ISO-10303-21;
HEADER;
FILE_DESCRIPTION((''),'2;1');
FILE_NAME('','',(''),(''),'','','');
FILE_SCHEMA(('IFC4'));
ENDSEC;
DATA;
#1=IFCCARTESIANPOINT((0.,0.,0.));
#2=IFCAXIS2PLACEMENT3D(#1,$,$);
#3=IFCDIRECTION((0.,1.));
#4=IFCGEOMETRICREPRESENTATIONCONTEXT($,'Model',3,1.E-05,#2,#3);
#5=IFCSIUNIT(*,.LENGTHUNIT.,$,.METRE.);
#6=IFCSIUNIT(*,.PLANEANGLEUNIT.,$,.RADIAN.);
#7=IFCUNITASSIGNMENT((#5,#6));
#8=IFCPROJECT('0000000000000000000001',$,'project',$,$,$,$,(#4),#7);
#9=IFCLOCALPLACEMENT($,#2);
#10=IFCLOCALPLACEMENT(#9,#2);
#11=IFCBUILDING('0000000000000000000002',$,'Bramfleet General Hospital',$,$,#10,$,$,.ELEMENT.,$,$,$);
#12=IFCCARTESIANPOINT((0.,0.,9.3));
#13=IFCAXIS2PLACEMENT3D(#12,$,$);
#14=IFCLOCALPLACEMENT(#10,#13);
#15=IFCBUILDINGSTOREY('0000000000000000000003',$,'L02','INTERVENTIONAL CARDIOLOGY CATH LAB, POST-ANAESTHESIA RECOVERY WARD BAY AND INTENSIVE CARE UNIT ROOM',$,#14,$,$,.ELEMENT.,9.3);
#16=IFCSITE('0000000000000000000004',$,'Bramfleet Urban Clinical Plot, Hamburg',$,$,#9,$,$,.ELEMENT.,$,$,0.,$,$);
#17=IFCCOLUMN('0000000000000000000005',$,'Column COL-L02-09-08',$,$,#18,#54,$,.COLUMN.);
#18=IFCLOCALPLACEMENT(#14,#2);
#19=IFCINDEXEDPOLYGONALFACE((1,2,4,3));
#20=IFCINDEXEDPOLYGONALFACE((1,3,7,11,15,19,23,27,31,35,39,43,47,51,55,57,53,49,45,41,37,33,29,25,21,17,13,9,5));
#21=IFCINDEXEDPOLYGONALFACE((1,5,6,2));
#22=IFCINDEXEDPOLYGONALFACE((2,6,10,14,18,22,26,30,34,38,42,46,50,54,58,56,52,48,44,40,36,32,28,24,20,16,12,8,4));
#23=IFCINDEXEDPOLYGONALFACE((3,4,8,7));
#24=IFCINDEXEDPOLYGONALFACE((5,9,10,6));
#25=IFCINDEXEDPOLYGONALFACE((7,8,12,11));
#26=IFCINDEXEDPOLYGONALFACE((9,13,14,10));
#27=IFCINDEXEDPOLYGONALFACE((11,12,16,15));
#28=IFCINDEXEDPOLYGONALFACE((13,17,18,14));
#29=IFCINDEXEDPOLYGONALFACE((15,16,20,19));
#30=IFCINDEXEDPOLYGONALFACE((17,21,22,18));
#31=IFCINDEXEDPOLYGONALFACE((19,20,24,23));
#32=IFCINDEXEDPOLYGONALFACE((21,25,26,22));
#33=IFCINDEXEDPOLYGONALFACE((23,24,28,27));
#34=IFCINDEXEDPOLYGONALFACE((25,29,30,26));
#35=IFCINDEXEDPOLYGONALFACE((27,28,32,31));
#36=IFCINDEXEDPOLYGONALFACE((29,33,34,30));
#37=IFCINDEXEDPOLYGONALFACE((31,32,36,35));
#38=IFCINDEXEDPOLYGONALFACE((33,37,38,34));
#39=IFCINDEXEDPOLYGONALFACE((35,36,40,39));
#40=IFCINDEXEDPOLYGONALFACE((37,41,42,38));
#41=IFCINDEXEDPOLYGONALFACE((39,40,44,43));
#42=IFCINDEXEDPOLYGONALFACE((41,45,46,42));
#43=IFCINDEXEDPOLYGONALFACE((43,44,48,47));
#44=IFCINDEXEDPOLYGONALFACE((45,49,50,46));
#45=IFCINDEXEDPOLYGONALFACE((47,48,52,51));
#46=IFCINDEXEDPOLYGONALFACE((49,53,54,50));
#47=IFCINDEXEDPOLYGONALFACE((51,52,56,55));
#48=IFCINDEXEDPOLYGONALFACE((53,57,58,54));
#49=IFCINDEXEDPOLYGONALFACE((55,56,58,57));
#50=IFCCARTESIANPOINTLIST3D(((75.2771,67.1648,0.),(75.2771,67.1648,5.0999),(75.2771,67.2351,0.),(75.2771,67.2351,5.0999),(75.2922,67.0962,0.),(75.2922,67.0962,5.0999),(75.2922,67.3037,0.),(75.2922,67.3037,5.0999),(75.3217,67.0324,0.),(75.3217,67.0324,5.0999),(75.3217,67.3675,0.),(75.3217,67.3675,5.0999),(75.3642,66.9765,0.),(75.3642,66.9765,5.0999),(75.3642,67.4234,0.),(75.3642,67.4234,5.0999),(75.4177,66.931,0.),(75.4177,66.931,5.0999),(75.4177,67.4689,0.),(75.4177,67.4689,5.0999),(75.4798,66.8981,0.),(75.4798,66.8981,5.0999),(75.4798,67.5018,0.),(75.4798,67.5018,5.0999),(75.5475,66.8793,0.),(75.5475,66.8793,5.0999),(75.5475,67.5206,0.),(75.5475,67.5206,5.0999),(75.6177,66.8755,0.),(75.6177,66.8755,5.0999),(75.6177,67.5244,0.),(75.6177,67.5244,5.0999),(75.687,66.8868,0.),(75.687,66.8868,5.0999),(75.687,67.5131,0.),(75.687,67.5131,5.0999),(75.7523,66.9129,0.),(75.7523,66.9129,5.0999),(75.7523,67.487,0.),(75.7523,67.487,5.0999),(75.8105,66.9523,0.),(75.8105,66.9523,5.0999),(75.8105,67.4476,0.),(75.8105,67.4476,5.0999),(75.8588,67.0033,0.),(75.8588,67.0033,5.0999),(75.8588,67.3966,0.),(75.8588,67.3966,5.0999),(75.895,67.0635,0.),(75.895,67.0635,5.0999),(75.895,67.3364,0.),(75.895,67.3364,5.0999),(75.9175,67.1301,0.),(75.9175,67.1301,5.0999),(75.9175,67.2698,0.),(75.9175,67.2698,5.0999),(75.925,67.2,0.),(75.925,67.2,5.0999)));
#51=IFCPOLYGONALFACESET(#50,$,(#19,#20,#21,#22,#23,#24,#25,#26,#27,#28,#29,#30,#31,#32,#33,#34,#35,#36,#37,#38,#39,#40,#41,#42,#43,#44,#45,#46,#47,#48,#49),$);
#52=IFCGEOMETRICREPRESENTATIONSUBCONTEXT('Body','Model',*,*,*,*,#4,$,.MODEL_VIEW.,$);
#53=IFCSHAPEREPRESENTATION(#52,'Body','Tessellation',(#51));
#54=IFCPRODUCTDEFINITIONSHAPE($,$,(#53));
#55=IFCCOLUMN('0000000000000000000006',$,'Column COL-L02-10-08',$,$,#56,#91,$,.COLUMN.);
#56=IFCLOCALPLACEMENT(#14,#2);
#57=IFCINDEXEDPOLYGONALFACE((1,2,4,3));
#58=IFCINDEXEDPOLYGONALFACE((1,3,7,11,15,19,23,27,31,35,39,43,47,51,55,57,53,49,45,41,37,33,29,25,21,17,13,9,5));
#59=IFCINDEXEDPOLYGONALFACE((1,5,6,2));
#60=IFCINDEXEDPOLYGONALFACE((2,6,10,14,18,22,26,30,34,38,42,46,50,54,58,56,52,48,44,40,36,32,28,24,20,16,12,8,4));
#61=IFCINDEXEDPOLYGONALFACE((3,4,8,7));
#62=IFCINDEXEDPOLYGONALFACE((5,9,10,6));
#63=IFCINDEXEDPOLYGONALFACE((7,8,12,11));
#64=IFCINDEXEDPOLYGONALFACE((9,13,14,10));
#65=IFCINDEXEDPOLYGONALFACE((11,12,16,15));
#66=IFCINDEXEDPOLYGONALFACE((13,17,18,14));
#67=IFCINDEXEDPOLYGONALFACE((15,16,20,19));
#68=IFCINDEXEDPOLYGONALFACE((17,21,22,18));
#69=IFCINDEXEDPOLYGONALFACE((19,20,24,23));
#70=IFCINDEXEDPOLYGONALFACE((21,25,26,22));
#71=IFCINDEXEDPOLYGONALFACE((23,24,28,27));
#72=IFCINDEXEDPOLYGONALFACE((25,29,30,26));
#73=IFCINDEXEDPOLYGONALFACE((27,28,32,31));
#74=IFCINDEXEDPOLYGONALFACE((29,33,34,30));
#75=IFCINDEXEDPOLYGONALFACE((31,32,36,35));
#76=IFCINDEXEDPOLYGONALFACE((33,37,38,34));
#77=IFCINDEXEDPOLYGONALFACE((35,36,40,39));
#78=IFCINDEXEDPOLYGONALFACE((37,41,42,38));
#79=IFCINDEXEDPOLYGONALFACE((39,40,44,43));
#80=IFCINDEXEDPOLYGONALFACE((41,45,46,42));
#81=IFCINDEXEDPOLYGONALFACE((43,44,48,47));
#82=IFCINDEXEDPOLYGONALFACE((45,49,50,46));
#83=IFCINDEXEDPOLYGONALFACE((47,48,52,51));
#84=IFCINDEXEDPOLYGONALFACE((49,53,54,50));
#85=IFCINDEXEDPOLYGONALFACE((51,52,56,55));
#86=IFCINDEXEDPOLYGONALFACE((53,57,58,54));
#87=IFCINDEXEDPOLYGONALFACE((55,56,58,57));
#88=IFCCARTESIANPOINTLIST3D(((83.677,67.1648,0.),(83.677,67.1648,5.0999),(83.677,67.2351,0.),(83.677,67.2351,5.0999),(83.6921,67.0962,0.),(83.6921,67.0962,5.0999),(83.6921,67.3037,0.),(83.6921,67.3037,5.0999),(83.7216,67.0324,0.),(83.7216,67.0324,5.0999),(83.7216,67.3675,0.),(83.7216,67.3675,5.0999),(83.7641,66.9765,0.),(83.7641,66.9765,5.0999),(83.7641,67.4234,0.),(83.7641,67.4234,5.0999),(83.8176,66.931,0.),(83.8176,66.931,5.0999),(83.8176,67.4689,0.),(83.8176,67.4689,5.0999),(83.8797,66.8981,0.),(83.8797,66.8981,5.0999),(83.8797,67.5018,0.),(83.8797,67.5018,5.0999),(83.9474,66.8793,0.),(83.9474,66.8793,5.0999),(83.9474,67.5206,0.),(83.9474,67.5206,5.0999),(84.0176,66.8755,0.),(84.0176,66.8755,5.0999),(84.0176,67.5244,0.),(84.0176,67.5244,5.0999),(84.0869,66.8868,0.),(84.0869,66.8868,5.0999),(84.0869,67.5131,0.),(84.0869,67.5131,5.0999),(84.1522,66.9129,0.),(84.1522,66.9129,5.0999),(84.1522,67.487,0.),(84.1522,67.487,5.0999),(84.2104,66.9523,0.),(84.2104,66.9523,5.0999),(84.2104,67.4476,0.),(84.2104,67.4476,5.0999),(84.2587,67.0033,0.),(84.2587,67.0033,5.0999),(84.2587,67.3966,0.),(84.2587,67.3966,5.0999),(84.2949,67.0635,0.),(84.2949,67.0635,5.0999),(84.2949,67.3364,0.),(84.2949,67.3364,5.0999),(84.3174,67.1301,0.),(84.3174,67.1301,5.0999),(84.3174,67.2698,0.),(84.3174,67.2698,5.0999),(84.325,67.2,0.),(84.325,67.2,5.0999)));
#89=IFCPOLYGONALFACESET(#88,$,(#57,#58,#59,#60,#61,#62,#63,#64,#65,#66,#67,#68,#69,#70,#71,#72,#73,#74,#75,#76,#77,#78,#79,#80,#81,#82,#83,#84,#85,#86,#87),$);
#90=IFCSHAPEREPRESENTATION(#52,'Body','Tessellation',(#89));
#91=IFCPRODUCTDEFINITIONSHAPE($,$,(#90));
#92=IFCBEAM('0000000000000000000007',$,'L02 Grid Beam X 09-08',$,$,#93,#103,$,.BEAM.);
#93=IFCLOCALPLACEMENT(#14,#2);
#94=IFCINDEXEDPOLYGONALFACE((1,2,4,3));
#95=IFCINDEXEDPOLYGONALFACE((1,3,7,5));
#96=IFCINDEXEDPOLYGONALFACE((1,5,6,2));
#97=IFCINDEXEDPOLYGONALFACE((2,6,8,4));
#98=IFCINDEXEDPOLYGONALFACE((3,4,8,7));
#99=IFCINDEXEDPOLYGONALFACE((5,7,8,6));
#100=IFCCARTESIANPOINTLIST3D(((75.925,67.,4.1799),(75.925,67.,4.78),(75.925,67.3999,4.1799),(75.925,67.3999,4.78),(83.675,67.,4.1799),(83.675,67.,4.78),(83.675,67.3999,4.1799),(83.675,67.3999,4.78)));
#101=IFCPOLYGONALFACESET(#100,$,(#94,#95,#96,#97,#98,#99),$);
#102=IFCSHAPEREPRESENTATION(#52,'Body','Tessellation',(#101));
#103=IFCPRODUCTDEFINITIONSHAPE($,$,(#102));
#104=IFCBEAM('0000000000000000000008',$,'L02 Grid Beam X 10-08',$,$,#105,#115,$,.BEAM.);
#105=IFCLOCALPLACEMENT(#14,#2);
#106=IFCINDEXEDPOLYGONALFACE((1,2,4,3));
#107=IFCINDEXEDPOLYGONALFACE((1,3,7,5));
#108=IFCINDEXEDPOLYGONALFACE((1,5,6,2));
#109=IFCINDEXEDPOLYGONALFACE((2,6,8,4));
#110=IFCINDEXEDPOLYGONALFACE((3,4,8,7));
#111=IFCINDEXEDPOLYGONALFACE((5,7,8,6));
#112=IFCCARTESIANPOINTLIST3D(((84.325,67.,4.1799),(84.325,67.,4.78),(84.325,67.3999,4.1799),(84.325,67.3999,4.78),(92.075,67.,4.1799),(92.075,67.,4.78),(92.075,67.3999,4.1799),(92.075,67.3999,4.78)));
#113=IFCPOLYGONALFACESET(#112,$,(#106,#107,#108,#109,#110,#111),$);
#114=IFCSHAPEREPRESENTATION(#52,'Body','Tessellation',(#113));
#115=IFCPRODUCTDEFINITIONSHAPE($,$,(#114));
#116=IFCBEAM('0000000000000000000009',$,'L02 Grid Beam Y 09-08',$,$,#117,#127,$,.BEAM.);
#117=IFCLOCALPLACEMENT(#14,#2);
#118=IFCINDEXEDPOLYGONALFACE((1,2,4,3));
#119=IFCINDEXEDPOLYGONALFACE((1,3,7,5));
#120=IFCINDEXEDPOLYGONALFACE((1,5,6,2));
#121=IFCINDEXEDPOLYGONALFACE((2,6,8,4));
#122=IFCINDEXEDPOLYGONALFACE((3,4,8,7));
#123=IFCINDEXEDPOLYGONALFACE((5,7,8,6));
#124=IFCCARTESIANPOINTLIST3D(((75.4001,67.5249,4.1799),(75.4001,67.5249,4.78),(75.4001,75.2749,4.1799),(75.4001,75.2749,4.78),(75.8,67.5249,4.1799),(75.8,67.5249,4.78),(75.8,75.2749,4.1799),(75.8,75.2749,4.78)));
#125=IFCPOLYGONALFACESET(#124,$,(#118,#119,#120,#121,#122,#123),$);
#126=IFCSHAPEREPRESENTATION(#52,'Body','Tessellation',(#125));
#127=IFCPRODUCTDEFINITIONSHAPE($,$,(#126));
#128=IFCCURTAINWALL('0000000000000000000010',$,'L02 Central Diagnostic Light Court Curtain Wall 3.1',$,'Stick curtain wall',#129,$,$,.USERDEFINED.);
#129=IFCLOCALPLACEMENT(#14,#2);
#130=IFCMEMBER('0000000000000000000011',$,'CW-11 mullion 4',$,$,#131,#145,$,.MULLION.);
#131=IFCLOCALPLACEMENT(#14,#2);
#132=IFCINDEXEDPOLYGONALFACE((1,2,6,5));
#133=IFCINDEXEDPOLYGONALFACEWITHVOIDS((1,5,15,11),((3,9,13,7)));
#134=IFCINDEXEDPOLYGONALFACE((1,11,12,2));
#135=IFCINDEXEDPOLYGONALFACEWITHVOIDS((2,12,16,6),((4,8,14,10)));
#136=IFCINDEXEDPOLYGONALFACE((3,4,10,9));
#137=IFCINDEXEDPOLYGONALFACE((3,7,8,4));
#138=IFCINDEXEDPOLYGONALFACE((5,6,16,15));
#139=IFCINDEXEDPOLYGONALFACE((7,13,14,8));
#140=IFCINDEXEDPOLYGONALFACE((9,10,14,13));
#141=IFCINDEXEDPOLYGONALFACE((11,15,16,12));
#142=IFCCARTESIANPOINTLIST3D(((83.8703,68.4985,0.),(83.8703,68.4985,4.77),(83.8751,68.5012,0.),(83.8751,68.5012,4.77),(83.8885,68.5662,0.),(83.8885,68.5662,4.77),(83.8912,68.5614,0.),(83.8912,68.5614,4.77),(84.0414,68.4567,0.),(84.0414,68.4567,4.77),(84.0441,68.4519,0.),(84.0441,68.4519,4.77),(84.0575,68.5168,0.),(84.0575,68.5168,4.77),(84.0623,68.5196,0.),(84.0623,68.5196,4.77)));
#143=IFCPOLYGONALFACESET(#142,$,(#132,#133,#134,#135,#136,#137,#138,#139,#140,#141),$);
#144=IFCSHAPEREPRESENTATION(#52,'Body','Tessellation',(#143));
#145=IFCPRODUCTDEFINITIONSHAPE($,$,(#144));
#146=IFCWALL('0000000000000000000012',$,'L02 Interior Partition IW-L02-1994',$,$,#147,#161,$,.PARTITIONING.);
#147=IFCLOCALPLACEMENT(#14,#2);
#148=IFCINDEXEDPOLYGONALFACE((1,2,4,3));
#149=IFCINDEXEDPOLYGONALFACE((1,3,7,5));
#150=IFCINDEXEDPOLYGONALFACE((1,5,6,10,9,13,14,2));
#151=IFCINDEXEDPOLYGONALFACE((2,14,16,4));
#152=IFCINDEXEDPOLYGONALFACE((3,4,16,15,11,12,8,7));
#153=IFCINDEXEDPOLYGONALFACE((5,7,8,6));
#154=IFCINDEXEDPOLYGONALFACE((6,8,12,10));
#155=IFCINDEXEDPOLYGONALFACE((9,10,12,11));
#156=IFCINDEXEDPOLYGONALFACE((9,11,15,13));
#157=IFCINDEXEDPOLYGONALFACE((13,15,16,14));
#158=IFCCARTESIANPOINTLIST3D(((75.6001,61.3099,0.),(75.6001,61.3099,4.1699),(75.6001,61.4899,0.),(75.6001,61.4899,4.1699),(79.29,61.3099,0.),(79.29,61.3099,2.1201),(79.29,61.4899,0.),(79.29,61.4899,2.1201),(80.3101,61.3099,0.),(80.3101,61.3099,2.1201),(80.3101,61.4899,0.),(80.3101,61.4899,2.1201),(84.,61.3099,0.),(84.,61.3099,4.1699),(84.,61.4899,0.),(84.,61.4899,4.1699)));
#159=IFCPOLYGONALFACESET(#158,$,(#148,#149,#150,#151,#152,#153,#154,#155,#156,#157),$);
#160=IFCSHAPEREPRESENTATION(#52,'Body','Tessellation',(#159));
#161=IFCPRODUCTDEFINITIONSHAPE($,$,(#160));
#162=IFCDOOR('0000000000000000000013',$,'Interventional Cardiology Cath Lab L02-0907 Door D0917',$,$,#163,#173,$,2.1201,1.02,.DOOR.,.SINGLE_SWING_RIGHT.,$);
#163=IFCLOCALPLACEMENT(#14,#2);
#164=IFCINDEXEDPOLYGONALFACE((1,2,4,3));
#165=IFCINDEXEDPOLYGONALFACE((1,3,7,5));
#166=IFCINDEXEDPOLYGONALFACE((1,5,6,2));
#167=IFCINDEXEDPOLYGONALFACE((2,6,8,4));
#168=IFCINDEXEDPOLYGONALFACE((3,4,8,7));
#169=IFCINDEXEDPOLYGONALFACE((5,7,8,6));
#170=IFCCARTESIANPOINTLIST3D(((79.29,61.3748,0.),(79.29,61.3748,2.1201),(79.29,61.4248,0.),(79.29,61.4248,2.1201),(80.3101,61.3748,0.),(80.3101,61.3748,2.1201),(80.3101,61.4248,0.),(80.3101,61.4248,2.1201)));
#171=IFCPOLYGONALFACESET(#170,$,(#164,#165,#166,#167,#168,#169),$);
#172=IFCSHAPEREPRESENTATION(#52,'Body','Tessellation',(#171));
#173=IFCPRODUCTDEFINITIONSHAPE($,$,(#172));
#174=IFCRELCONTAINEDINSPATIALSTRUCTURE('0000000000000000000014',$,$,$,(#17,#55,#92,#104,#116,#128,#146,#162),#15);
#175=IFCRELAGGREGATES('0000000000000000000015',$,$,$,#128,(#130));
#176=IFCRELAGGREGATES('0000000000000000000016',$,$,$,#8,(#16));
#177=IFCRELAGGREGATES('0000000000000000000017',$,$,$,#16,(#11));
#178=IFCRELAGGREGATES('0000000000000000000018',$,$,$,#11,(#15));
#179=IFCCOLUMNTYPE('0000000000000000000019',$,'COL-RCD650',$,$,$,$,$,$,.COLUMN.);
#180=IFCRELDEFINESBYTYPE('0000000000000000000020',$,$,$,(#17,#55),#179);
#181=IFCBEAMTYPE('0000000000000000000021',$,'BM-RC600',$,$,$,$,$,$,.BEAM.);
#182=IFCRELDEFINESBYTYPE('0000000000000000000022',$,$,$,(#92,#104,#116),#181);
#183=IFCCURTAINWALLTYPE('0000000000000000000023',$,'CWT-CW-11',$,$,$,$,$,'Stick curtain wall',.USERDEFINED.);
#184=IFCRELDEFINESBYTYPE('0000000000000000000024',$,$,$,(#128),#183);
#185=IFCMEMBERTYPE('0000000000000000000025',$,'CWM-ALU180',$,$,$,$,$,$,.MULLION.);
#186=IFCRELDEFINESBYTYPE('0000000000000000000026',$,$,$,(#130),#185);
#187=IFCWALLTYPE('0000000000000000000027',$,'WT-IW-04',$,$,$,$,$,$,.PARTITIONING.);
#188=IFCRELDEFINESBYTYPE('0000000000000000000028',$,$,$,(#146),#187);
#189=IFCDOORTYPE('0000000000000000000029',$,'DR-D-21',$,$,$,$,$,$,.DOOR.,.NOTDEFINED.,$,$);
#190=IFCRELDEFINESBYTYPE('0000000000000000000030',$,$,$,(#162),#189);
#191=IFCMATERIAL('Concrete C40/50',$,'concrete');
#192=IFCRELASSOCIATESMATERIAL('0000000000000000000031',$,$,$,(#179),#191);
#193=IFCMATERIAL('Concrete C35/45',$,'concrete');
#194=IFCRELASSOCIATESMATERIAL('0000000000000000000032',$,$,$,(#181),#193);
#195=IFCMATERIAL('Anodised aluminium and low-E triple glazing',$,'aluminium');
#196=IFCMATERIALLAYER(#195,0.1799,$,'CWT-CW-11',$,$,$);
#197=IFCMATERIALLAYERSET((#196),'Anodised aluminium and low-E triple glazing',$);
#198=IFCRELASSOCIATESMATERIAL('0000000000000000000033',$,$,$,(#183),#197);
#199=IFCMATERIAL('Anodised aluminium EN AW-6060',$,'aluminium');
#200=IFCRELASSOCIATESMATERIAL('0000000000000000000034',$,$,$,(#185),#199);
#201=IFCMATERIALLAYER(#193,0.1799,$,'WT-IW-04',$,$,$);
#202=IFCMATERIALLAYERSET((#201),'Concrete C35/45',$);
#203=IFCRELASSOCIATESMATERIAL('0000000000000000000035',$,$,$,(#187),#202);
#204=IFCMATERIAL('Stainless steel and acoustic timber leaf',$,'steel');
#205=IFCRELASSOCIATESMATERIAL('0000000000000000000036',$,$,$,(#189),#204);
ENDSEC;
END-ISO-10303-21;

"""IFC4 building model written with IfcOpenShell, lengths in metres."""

from ifc_helpers import new_model, si_unit, direction, frame, frame_2d, origin, origin_2d, place, context, subcontext, project, spatial, rectangle, hollow_rectangle, circle, extrude, material, layer, layer_set, material_profile, profile_set, type_object, element, fill, aggregate, save


model = new_model("IFC4")

# Units and contexts
model_context = context("Model", 3, precision=1e-05, world=origin(), true_north=direction((0.0, 1.0)))
body_context = subcontext(model_context, "Body", "Model", "MODEL_VIEW")
ifc_project = project(units=[si_unit("LENGTHUNIT", "METRE"), si_unit("PLANEANGLEUNIT", "RADIAN")], contexts=[model_context])

# Site, building, storey
site_placement = place(None, origin())
site = spatial("IfcSite", under=ifc_project, at=site_placement, Name="Bramfleet Urban Clinical Plot, Hamburg", CompositionType="ELEMENT", RefElevation=0.0)
building_placement = place(site_placement, origin())
building = spatial("IfcBuilding", under=site, at=building_placement, Name="Bramfleet General Hospital", CompositionType="ELEMENT")
storey_placement = place(building_placement, frame((0.0, 0.0, 9.3)))
storey = spatial("IfcBuildingStorey", under=building, at=storey_placement, Name="L02", Description="INTERVENTIONAL CARDIOLOGY CATH LAB, POST-ANAESTHESIA RECOVERY WARD BAY AND INTENSIVE CARE UNIT ROOM", CompositionType="ELEMENT", Elevation=9.3)

# Columns
ifc_material_1 = material(Name="Concrete C40/50", Category="concrete")
ifc_material_profile_1 = material_profile(ifc_material_1, circle(Radius=0.325, at=origin_2d()), Name="RC ROUND D650")
ifc_profile_set_1 = profile_set([ifc_material_profile_1], Name="Concrete C40/50")
column_type = type_object("IfcColumnType", Name="COL-RCD650", PredefinedType="COLUMN", material=ifc_profile_set_1)
for number, where, z_axis, x_axis, name in (
    (1, (75.6001, 67.2, 0.0), (0.0, 0.0, 1.0), (1.0, 0.0, 0.0), "Column COL-L02-09-08"),
    (2, (84.0, 67.2, 0.0), (0.0, 0.0, 1.0), (1.0, 0.0, 0.0), "Column COL-L02-10-08"),
):
    element("IfcColumn", number, at=place(storey_placement, frame(where, z_axis=z_axis, x_axis=x_axis)), inside=storey, type_object=column_type, Name=name, PredefinedType="COLUMN", context=body_context, shape_type="SweptSolid", body=[
        extrude(circle(Radius=0.325, at=origin_2d()), origin(), (0.0, 0.0, 1.0), 5.0999),
    ])

# Beams
ifc_material_2 = material(Name="Concrete C35/45", Category="concrete")
ifc_material_profile_2 = material_profile(ifc_material_2, rectangle(XDim=0.3999, YDim=0.6001, at=origin_2d()), Name="RC BM 600x400")
ifc_profile_set_2 = profile_set([ifc_material_profile_2], Name="Concrete C35/45")
beam_type = type_object("IfcBeamType", Name="BM-RC600", PredefinedType="BEAM", material=ifc_profile_set_2)
for number, where, z_axis, x_axis, name in (
    (3, (75.925, 67.2, 4.48), (1.0, 0.0, 0.0), (0.0, 1.0, 0.0), "L02 Grid Beam X 09-08"),
    (4, (84.325, 67.2, 4.48), (1.0, 0.0, 0.0), (0.0, 1.0, 0.0), "L02 Grid Beam X 10-08"),
    (5, (75.6001, 67.5249, 4.48), (0.0, 1.0, 0.0), (-1.0, 0.0, 0.0), "L02 Grid Beam Y 09-08"),
):
    element("IfcBeam", number, at=place(storey_placement, frame(where, z_axis=z_axis, x_axis=x_axis)), inside=storey, type_object=beam_type, Name=name, PredefinedType="BEAM", context=body_context, shape_type="SweptSolid", body=[
        extrude(rectangle(XDim=0.3999, YDim=0.6001, at=origin_2d()), origin(), (0.0, 0.0, 1.0), 7.75),
    ])

# Curtain wall, member
ifc_material_3 = material(Name="Anodised aluminium and low-E triple glazing", Category="aluminium")
ifc_layer_1 = layer(ifc_material_3, 0.1799, Name="CWT-CW-11")
ifc_layer_set_1 = layer_set([ifc_layer_1], Name="Anodised aluminium and low-E triple glazing")
curtain_wall_type = type_object("IfcCurtainWallType", Name="CWT-CW-11", ElementType="Stick curtain wall", PredefinedType="USERDEFINED", material=ifc_layer_set_1)
curtain_wall_placement = place(storey_placement, origin())
curtain_wall = element("IfcCurtainWall", 6, at=curtain_wall_placement, inside=storey, type_object=curtain_wall_type, Name="L02 Central Diagnostic Light Court Curtain Wall 3.1", ObjectType="Stick curtain wall", PredefinedType="USERDEFINED")
ifc_material_4 = material(Name="Anodised aluminium EN AW-6060", Category="aluminium")
ifc_material_profile_3 = material_profile(ifc_material_4, hollow_rectangle(XDim=0.0701, YDim=0.1799, WallThickness=0.0039, at=origin_2d()), Name="ALU 180x70x4.0")
ifc_profile_set_3 = profile_set([ifc_material_profile_3], Name="Anodised aluminium EN AW-6060")
member_type = type_object("IfcMemberType", Name="CWM-ALU180", PredefinedType="MULLION", material=ifc_profile_set_3)
member_placement = place(storey_placement, frame((83.9663, 68.509, 0.0), z_axis=(0.0, 0.0, 1.0), x_axis=(0.258763, 0.965941, 0.0)))
member = element("IfcMember", 7, at=member_placement, type_object=member_type, Name="CW-11 mullion 4", PredefinedType="MULLION", context=body_context, shape_type="SweptSolid", body=[
    extrude(hollow_rectangle(XDim=0.0701, YDim=0.1799, WallThickness=0.0039, at=origin_2d()), origin(), (0.0, 0.0, 1.0), 4.77),
])
aggregate(curtain_wall, [member])

# Wall, opening, door
ifc_layer_2 = layer(ifc_material_2, 0.1799, Name="WT-IW-04")
ifc_layer_set_2 = layer_set([ifc_layer_2], Name="Concrete C35/45")
wall_type = type_object("IfcWallType", Name="WT-IW-04", PredefinedType="PARTITIONING", material=ifc_layer_set_2)
wall_1_placement = place(storey_placement, frame((75.6001, 61.3999, 0.0), z_axis=(0.0, 0.0, 1.0), x_axis=(1.0, 0.0, 0.0)))
wall_1 = element("IfcWall", 8, at=wall_1_placement, inside=storey, type_object=wall_type, Name="L02 Interior Partition IW-L02-1994", PredefinedType="PARTITIONING", context=body_context, shape_type="SweptSolid", body=[
    extrude(rectangle(XDim=8.3999, YDim=0.1799, at=frame_2d((4.2, 0.0))), origin(), (0.0, 0.0, 1.0), 4.1699),
])
opening_1_placement = place(wall_1_placement, frame((3.6899, 0.0, 0.0)))
opening_1 = element("IfcOpeningElement", 9, at=opening_1_placement, cuts=wall_1, PredefinedType="OPENING", context=body_context, shape_type="SweptSolid", body=[
    extrude(rectangle(XDim=1.02, YDim=2.1201, at=frame_2d((0.51, 1.0601))), frame((0.0, 0.0999, 0.0), z_axis=(0.0, -1.0, 0.0), x_axis=(1.0, 0.0, 0.0)), (0.0, 0.0, 1.0), 0.2),
])
ifc_material_5 = material(Name="Stainless steel and acoustic timber leaf", Category="steel")
door_type_1 = type_object("IfcDoorType", Name="DR-D-21", OperationType="NOTDEFINED", PredefinedType="DOOR", material=ifc_material_5)
door_1_placement = place(opening_1_placement, origin())
door_1 = element("IfcDoor", 10, at=door_1_placement, inside=storey, type_object=door_type_1, Name="Interventional Cardiology Cath Lab L02-0907 Door D0917", OperationType="SINGLE_SWING_RIGHT", OverallHeight=2.1201, OverallWidth=1.02, PredefinedType="DOOR", context=body_context, shape_type="SweptSolid", body=[
    extrude(rectangle(XDim=1.02, YDim=2.1201, at=frame_2d((0.51, 1.0601))), frame((0.0, 0.0249, 0.0), z_axis=(0.0, -1.0, 0.0), x_axis=(1.0, 0.0, 0.0)), (0.0, 0.0, 1.0), 0.05),
])
fill(opening_1, door_1)

save(model, "model.ifc")
